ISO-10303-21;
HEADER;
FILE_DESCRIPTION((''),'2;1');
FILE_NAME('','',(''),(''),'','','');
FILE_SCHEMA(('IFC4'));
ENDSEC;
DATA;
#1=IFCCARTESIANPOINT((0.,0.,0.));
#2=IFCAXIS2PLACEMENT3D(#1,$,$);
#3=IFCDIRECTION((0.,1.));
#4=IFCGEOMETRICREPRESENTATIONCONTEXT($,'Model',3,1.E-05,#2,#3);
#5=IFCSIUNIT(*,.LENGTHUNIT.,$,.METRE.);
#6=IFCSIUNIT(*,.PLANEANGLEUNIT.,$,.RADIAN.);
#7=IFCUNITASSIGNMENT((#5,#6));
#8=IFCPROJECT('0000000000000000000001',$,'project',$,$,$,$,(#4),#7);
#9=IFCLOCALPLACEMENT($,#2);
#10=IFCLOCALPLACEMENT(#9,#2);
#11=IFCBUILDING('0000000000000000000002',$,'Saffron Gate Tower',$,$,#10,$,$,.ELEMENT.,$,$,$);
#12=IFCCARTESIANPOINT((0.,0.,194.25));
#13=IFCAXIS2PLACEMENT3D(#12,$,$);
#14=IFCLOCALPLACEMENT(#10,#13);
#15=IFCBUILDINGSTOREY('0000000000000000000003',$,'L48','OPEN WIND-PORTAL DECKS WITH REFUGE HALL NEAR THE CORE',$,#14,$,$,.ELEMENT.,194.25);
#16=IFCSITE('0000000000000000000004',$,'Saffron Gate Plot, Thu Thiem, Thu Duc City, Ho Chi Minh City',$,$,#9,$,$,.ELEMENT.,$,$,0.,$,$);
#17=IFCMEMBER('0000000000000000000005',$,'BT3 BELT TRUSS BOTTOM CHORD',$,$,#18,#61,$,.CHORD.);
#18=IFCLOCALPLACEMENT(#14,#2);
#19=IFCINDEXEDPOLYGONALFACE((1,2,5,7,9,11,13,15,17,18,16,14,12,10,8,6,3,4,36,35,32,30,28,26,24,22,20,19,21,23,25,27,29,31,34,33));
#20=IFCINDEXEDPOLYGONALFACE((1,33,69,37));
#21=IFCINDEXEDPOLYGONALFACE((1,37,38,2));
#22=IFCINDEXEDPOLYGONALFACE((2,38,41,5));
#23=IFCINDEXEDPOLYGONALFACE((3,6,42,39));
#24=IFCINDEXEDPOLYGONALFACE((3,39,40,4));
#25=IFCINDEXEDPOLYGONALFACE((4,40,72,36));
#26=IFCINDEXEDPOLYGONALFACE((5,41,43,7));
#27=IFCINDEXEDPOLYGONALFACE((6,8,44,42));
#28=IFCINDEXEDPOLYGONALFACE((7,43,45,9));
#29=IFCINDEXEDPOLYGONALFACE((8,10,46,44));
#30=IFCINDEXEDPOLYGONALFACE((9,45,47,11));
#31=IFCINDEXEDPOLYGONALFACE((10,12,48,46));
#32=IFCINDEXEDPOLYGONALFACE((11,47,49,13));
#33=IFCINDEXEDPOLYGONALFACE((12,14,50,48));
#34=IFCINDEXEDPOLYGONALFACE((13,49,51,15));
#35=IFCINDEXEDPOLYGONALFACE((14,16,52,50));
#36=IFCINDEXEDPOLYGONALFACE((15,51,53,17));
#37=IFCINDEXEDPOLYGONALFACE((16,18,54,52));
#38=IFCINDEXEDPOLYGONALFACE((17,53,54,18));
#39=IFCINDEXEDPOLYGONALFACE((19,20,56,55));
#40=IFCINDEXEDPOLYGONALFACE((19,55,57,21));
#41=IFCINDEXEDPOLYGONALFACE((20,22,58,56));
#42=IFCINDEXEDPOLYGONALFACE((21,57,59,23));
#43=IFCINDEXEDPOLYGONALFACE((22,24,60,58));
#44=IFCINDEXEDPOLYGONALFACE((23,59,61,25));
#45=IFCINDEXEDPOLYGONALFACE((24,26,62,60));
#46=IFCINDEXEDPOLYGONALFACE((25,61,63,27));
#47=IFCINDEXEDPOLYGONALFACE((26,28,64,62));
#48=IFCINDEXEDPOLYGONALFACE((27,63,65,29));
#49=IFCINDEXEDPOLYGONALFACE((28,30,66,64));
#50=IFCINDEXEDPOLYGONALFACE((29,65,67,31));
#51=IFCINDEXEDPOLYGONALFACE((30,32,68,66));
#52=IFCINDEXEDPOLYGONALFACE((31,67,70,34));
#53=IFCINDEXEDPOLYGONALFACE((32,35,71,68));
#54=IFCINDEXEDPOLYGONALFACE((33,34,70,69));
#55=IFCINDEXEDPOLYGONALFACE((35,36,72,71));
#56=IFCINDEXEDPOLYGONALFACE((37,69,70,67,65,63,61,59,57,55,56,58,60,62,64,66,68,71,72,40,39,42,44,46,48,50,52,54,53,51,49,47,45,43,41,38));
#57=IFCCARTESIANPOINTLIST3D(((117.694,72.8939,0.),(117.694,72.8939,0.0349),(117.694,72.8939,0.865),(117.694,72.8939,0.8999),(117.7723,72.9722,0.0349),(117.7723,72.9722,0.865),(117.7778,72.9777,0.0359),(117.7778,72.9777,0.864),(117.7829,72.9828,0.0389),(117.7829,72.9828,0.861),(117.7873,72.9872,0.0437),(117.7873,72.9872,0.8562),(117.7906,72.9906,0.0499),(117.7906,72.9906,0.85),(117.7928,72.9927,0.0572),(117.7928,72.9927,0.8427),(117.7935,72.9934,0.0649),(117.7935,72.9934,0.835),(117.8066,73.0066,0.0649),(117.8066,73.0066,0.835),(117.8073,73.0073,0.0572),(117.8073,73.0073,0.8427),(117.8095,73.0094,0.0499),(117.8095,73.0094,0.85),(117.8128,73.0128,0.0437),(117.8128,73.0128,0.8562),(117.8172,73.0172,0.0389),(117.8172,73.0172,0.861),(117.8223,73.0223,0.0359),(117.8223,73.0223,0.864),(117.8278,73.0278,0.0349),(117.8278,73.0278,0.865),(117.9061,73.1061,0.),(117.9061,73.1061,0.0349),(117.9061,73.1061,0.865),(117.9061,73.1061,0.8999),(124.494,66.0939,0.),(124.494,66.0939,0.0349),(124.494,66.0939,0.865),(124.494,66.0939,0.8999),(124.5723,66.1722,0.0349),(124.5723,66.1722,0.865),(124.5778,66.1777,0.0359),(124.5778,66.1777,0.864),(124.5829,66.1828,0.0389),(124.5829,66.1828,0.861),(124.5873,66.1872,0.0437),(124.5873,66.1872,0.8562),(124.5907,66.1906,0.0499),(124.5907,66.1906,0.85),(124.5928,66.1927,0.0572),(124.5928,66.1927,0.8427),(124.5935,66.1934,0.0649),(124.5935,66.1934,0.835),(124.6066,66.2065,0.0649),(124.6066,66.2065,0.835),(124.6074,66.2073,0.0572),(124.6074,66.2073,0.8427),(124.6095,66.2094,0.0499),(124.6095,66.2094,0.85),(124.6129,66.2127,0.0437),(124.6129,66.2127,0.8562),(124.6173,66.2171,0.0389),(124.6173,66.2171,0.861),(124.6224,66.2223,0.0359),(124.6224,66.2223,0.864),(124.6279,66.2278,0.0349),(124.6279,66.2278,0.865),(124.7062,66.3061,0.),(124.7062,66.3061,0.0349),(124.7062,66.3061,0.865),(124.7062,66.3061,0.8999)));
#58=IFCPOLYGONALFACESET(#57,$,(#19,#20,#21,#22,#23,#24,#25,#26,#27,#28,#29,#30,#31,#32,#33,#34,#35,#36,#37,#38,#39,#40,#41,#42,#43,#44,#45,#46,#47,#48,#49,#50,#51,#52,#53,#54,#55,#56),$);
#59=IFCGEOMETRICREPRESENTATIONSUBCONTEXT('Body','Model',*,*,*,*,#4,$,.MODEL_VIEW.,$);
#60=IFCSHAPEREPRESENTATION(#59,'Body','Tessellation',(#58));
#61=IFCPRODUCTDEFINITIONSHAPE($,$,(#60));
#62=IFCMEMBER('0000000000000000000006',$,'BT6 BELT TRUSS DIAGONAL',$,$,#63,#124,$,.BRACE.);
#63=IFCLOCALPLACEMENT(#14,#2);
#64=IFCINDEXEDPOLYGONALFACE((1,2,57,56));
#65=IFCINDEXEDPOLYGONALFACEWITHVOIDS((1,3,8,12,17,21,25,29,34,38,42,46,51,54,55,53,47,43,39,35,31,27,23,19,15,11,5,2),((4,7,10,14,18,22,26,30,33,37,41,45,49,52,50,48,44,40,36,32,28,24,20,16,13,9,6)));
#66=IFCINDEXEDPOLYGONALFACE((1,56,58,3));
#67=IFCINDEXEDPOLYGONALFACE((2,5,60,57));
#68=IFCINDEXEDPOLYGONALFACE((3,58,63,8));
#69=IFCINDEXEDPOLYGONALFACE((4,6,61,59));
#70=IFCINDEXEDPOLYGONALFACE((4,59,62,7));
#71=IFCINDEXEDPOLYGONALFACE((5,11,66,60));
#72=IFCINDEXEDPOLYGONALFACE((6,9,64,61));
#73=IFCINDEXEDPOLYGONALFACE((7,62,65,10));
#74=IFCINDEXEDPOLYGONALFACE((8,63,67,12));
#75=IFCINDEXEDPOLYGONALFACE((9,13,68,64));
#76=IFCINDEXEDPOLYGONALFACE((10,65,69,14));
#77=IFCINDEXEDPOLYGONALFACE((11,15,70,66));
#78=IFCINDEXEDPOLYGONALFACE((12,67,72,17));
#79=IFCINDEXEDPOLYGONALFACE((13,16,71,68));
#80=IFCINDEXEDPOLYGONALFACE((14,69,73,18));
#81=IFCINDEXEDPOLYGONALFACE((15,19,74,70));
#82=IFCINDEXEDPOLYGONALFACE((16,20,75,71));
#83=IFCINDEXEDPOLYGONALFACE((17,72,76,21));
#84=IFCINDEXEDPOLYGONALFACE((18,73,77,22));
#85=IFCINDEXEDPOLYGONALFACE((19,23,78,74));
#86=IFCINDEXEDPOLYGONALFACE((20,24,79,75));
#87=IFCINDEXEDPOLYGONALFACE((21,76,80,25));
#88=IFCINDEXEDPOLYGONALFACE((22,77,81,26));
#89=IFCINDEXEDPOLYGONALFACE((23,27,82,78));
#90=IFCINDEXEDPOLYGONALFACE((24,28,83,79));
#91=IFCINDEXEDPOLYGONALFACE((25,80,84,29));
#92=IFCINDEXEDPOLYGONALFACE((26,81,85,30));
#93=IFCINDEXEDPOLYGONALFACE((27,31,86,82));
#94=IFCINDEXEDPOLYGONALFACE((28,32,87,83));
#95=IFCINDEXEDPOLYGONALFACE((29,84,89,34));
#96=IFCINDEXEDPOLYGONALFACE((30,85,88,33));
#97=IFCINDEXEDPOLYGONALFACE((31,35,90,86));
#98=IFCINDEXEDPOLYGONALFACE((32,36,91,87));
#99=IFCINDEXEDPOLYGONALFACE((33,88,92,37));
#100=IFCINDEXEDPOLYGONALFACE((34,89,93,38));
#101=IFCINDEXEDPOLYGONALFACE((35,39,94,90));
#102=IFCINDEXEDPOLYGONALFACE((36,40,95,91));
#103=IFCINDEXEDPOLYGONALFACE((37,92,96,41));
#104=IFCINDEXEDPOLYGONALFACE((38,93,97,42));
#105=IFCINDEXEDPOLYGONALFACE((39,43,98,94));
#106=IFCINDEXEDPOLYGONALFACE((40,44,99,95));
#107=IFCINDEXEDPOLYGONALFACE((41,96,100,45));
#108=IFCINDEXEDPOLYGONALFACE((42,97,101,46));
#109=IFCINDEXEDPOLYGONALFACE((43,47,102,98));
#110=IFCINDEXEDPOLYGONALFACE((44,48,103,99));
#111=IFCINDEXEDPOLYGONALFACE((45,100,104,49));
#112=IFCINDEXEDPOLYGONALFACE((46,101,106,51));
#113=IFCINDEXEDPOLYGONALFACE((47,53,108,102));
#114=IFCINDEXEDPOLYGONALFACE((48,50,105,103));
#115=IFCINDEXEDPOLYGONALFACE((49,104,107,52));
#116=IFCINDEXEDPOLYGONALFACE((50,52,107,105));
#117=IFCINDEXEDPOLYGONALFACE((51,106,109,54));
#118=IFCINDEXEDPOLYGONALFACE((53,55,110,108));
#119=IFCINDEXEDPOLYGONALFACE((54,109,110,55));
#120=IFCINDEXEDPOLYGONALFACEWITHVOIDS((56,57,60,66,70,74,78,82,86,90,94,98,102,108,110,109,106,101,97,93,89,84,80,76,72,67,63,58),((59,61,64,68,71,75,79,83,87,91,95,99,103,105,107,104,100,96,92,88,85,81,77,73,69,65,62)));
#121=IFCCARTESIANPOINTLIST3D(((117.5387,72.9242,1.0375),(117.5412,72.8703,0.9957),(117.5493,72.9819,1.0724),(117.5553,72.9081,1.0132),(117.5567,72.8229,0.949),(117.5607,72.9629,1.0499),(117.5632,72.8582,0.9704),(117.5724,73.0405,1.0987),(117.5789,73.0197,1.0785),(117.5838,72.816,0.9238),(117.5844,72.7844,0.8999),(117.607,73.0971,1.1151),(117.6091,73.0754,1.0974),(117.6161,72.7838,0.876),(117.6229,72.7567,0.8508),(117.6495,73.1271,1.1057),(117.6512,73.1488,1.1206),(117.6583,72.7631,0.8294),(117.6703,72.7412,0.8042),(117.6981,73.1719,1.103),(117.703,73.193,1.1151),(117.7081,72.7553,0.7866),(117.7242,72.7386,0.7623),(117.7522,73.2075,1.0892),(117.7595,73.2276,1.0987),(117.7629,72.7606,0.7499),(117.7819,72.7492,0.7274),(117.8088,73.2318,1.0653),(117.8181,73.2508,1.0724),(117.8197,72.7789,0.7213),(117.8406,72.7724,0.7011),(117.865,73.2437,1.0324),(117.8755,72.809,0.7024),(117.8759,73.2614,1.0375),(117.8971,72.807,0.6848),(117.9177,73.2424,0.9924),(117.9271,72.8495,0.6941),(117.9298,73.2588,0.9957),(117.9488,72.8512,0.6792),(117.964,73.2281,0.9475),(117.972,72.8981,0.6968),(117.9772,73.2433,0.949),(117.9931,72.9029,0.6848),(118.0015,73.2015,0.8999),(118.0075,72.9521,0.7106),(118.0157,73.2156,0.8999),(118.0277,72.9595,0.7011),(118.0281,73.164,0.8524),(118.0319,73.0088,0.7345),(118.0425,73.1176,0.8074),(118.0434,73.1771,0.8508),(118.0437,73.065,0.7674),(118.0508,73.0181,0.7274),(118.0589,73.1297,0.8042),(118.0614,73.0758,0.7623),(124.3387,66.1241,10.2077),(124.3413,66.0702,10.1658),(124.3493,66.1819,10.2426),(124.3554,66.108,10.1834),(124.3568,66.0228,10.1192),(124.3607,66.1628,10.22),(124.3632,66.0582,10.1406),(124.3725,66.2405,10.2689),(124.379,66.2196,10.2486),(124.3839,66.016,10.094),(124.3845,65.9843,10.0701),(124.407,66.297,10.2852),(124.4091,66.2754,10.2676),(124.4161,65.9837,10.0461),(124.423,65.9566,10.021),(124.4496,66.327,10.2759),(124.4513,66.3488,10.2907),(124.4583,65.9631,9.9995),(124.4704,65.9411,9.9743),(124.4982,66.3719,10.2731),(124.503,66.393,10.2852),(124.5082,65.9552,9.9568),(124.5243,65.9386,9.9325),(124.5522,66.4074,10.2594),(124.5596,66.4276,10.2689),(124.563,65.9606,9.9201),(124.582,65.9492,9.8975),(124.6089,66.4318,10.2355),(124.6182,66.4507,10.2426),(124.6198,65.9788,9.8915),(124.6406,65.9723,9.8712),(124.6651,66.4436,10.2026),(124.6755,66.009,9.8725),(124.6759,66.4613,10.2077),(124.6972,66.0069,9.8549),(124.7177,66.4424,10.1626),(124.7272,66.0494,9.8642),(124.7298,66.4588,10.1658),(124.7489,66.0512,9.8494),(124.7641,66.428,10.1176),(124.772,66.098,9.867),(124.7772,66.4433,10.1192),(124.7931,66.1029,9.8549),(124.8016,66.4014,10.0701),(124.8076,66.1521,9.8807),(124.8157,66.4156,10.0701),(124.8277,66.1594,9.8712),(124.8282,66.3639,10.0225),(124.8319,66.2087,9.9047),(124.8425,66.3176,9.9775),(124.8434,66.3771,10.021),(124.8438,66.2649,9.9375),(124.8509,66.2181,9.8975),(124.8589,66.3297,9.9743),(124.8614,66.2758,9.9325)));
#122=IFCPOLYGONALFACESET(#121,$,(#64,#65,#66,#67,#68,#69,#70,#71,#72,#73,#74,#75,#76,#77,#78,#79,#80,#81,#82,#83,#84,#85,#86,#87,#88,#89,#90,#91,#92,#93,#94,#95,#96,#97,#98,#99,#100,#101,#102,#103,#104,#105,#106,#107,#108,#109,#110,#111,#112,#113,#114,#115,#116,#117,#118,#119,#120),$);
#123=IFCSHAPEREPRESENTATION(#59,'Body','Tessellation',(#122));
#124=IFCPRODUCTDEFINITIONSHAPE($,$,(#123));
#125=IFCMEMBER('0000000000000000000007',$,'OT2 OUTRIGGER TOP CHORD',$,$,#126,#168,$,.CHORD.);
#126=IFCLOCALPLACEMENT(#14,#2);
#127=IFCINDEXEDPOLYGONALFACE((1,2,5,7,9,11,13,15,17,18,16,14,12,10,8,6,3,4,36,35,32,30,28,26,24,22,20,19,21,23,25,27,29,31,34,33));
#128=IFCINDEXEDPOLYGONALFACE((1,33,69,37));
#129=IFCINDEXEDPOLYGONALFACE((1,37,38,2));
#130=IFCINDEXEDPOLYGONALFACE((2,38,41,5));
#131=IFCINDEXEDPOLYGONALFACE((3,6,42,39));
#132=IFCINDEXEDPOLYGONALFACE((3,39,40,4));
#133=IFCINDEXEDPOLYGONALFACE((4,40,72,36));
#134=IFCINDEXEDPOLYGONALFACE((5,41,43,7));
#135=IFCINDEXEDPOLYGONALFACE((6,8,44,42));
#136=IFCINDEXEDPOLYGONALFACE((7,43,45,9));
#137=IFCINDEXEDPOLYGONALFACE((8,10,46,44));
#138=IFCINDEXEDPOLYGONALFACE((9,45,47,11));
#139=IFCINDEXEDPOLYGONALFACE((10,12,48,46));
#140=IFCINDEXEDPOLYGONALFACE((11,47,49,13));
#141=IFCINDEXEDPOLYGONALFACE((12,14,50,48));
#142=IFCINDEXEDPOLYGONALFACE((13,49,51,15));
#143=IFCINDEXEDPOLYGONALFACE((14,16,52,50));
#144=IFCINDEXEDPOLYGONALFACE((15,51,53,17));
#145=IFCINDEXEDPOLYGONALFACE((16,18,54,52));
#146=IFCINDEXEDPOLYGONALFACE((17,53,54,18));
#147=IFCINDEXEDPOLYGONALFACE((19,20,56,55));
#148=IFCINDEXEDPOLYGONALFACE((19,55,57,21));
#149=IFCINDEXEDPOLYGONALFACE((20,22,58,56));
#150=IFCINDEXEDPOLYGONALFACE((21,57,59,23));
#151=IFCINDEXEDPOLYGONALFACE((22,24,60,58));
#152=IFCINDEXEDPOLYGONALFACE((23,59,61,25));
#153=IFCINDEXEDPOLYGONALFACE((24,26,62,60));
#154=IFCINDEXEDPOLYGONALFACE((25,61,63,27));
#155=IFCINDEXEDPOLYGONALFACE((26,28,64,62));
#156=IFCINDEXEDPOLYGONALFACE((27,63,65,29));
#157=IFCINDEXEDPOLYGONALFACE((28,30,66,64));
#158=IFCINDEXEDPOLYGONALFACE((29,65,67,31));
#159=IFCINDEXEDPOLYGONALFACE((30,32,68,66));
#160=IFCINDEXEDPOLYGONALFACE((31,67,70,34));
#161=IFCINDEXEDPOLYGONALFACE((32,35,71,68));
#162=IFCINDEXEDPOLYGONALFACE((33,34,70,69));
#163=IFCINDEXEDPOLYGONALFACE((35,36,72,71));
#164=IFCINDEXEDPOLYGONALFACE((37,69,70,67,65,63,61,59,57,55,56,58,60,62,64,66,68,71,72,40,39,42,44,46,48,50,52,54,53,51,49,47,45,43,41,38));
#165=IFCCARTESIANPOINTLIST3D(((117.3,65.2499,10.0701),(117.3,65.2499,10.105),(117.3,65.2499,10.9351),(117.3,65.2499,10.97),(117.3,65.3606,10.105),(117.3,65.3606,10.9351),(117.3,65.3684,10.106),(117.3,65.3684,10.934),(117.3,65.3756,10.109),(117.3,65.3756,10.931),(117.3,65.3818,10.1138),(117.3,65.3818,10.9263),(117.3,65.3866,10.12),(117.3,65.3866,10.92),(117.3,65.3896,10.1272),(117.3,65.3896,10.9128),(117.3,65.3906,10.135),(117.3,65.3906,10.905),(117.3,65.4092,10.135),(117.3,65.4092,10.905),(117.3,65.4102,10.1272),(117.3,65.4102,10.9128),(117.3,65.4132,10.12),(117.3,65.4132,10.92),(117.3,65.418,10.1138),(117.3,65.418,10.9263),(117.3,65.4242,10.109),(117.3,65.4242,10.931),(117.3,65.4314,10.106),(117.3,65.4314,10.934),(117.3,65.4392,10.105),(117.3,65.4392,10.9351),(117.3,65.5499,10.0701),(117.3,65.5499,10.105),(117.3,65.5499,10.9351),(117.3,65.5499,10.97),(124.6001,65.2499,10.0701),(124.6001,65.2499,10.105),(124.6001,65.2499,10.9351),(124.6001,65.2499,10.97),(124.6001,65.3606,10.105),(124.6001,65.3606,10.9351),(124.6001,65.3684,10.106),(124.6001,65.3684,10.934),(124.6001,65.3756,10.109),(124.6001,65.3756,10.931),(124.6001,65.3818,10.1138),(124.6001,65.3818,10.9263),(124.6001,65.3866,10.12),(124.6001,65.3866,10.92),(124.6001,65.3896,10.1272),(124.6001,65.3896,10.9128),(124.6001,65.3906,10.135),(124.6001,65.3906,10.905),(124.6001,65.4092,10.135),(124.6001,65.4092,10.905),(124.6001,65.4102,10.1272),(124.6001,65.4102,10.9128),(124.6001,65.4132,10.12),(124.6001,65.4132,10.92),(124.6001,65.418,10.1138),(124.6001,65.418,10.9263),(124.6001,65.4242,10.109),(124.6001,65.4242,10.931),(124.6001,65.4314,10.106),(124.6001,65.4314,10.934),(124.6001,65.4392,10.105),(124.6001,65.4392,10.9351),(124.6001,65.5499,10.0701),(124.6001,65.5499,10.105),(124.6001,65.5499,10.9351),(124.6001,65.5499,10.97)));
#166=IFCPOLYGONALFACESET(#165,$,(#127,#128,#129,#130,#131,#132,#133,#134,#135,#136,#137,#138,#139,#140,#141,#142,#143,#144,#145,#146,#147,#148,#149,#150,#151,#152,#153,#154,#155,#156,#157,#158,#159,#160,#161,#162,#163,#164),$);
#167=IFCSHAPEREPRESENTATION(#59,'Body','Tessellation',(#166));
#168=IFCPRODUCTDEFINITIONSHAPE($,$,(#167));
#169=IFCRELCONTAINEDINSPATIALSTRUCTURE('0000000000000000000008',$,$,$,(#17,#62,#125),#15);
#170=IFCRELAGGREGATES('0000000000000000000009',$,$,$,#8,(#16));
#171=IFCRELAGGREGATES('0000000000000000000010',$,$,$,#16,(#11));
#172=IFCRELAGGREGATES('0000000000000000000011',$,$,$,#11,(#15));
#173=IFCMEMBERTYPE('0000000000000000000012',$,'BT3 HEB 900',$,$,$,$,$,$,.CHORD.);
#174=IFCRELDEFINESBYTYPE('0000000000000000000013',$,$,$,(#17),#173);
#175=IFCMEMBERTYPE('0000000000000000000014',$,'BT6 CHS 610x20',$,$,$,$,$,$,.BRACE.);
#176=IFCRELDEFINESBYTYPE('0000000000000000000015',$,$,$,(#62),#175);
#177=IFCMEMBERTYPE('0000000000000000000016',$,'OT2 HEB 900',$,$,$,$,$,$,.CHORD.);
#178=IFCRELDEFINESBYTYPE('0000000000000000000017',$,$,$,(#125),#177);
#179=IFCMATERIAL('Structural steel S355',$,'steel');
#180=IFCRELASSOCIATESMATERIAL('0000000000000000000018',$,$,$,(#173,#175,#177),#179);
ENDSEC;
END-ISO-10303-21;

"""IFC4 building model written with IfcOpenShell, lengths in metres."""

from ifc_helpers import new_model, si_unit, direction, frame, origin, origin_2d, place, context, subcontext, project, spatial, hollow_circle, i_section, extrude, material, material_profile, profile_set, type_object, element, save


model = new_model("IFC4")

# Units and contexts
model_context = context("Model", 3, precision=1e-05, world=origin(), true_north=direction((0.0, 1.0)))
body_context = subcontext(model_context, "Body", "Model", "MODEL_VIEW")
ifc_project = project(units=[si_unit("LENGTHUNIT", "METRE"), si_unit("PLANEANGLEUNIT", "RADIAN")], contexts=[model_context])

# Site, building, storey
site_placement = place(None, origin())
site = spatial("IfcSite", under=ifc_project, at=site_placement, Name="Saffron Gate Plot, Thu Thiem, Thu Duc City, Ho Chi Minh City", CompositionType="ELEMENT", RefElevation=0.0)
building_placement = place(site_placement, origin())
building = spatial("IfcBuilding", under=site, at=building_placement, Name="Saffron Gate Tower", CompositionType="ELEMENT")
storey_placement = place(building_placement, frame((0.0, 0.0, 194.25)))
storey = spatial("IfcBuildingStorey", under=building, at=storey_placement, Name="L48", Description="OPEN WIND-PORTAL DECKS WITH REFUGE HALL NEAR THE CORE", CompositionType="ELEMENT", Elevation=194.25)

# Shared definitions
ifc_material_1 = material(Name="Structural steel S355", Category="steel")

# Members
ifc_material_profile_1 = material_profile(ifc_material_1, i_section(OverallWidth=0.3, OverallDepth=0.8999, WebThickness=0.0186, FlangeThickness=0.0349, FilletRadius=0.03, at=origin_2d()))
ifc_profile_set_1 = profile_set([ifc_material_profile_1], Name="Structural steel S355")
member_type_1 = type_object("IfcMemberType", Name="BT3 HEB 900", PredefinedType="CHORD", material=ifc_profile_set_1)
for number, where, z_axis, x_axis, name in (
    (1, (117.8, 73.0, 0.45), (0.707107, -0.707107, 0.0), (0.707107, 0.707107, 0.0), "BT3 BELT TRUSS BOTTOM CHORD"),
):
    element("IfcMember", number, at=place(storey_placement, frame(where, z_axis=z_axis, x_axis=x_axis)), inside=storey, type_object=member_type_1, Name=name, PredefinedType="CHORD", context=body_context, shape_type="SweptSolid", body=[
        extrude(i_section(OverallWidth=0.3, OverallDepth=0.8999, WebThickness=0.0186, FlangeThickness=0.0349, FilletRadius=0.03, at=origin_2d()), origin(), (0.0, 0.0, 1.0), 9.6167),
    ])
ifc_material_profile_2 = material_profile(ifc_material_1, hollow_circle(Radius=0.3049, WallThickness=0.02, at=origin_2d()))
ifc_profile_set_2 = profile_set([ifc_material_profile_2], Name="Structural steel S355")
member_type_2 = type_object("IfcMemberType", Name="BT6 CHS 610x20", PredefinedType="BRACE", material=ifc_profile_set_2)
member_1_placement = place(storey_placement, frame((117.8, 73.0, 0.8999), z_axis=(0.51174, -0.51174, 0.690104), x_axis=(0.707107, 0.707107, 0.0)))
element("IfcMember", 2, at=member_1_placement, inside=storey, type_object=member_type_2, Name="BT6 BELT TRUSS DIAGONAL", PredefinedType="BRACE", context=body_context, shape_type="SweptSolid", body=[
    extrude(hollow_circle(Radius=0.3049, WallThickness=0.02, at=origin_2d()), origin(), (0.0, 0.0, 1.0), 13.2881),
])
ifc_material_profile_3 = material_profile(ifc_material_1, i_section(OverallWidth=0.3, OverallDepth=0.8999, WebThickness=0.0186, FlangeThickness=0.0349, FilletRadius=0.03, at=origin_2d()))
ifc_profile_set_3 = profile_set([ifc_material_profile_3], Name="Structural steel S355")
member_type_3 = type_object("IfcMemberType", Name="OT2 HEB 900", PredefinedType="CHORD", material=ifc_profile_set_3)
for number, where, z_axis, x_axis, name in (
    (3, (124.6001, 65.3999, 10.52), (-1.0, 0.0, 0.0), (0.0, -1.0, 0.0), "OT2 OUTRIGGER TOP CHORD"),
):
    element("IfcMember", number, at=place(storey_placement, frame(where, z_axis=z_axis, x_axis=x_axis)), inside=storey, type_object=member_type_3, Name=name, PredefinedType="CHORD", context=body_context, shape_type="SweptSolid", body=[
        extrude(i_section(OverallWidth=0.3, OverallDepth=0.8999, WebThickness=0.0186, FlangeThickness=0.0349, FilletRadius=0.03, at=origin_2d()), origin(), (0.0, 0.0, 1.0), 7.3),
    ])

save(model, "model.ifc")
